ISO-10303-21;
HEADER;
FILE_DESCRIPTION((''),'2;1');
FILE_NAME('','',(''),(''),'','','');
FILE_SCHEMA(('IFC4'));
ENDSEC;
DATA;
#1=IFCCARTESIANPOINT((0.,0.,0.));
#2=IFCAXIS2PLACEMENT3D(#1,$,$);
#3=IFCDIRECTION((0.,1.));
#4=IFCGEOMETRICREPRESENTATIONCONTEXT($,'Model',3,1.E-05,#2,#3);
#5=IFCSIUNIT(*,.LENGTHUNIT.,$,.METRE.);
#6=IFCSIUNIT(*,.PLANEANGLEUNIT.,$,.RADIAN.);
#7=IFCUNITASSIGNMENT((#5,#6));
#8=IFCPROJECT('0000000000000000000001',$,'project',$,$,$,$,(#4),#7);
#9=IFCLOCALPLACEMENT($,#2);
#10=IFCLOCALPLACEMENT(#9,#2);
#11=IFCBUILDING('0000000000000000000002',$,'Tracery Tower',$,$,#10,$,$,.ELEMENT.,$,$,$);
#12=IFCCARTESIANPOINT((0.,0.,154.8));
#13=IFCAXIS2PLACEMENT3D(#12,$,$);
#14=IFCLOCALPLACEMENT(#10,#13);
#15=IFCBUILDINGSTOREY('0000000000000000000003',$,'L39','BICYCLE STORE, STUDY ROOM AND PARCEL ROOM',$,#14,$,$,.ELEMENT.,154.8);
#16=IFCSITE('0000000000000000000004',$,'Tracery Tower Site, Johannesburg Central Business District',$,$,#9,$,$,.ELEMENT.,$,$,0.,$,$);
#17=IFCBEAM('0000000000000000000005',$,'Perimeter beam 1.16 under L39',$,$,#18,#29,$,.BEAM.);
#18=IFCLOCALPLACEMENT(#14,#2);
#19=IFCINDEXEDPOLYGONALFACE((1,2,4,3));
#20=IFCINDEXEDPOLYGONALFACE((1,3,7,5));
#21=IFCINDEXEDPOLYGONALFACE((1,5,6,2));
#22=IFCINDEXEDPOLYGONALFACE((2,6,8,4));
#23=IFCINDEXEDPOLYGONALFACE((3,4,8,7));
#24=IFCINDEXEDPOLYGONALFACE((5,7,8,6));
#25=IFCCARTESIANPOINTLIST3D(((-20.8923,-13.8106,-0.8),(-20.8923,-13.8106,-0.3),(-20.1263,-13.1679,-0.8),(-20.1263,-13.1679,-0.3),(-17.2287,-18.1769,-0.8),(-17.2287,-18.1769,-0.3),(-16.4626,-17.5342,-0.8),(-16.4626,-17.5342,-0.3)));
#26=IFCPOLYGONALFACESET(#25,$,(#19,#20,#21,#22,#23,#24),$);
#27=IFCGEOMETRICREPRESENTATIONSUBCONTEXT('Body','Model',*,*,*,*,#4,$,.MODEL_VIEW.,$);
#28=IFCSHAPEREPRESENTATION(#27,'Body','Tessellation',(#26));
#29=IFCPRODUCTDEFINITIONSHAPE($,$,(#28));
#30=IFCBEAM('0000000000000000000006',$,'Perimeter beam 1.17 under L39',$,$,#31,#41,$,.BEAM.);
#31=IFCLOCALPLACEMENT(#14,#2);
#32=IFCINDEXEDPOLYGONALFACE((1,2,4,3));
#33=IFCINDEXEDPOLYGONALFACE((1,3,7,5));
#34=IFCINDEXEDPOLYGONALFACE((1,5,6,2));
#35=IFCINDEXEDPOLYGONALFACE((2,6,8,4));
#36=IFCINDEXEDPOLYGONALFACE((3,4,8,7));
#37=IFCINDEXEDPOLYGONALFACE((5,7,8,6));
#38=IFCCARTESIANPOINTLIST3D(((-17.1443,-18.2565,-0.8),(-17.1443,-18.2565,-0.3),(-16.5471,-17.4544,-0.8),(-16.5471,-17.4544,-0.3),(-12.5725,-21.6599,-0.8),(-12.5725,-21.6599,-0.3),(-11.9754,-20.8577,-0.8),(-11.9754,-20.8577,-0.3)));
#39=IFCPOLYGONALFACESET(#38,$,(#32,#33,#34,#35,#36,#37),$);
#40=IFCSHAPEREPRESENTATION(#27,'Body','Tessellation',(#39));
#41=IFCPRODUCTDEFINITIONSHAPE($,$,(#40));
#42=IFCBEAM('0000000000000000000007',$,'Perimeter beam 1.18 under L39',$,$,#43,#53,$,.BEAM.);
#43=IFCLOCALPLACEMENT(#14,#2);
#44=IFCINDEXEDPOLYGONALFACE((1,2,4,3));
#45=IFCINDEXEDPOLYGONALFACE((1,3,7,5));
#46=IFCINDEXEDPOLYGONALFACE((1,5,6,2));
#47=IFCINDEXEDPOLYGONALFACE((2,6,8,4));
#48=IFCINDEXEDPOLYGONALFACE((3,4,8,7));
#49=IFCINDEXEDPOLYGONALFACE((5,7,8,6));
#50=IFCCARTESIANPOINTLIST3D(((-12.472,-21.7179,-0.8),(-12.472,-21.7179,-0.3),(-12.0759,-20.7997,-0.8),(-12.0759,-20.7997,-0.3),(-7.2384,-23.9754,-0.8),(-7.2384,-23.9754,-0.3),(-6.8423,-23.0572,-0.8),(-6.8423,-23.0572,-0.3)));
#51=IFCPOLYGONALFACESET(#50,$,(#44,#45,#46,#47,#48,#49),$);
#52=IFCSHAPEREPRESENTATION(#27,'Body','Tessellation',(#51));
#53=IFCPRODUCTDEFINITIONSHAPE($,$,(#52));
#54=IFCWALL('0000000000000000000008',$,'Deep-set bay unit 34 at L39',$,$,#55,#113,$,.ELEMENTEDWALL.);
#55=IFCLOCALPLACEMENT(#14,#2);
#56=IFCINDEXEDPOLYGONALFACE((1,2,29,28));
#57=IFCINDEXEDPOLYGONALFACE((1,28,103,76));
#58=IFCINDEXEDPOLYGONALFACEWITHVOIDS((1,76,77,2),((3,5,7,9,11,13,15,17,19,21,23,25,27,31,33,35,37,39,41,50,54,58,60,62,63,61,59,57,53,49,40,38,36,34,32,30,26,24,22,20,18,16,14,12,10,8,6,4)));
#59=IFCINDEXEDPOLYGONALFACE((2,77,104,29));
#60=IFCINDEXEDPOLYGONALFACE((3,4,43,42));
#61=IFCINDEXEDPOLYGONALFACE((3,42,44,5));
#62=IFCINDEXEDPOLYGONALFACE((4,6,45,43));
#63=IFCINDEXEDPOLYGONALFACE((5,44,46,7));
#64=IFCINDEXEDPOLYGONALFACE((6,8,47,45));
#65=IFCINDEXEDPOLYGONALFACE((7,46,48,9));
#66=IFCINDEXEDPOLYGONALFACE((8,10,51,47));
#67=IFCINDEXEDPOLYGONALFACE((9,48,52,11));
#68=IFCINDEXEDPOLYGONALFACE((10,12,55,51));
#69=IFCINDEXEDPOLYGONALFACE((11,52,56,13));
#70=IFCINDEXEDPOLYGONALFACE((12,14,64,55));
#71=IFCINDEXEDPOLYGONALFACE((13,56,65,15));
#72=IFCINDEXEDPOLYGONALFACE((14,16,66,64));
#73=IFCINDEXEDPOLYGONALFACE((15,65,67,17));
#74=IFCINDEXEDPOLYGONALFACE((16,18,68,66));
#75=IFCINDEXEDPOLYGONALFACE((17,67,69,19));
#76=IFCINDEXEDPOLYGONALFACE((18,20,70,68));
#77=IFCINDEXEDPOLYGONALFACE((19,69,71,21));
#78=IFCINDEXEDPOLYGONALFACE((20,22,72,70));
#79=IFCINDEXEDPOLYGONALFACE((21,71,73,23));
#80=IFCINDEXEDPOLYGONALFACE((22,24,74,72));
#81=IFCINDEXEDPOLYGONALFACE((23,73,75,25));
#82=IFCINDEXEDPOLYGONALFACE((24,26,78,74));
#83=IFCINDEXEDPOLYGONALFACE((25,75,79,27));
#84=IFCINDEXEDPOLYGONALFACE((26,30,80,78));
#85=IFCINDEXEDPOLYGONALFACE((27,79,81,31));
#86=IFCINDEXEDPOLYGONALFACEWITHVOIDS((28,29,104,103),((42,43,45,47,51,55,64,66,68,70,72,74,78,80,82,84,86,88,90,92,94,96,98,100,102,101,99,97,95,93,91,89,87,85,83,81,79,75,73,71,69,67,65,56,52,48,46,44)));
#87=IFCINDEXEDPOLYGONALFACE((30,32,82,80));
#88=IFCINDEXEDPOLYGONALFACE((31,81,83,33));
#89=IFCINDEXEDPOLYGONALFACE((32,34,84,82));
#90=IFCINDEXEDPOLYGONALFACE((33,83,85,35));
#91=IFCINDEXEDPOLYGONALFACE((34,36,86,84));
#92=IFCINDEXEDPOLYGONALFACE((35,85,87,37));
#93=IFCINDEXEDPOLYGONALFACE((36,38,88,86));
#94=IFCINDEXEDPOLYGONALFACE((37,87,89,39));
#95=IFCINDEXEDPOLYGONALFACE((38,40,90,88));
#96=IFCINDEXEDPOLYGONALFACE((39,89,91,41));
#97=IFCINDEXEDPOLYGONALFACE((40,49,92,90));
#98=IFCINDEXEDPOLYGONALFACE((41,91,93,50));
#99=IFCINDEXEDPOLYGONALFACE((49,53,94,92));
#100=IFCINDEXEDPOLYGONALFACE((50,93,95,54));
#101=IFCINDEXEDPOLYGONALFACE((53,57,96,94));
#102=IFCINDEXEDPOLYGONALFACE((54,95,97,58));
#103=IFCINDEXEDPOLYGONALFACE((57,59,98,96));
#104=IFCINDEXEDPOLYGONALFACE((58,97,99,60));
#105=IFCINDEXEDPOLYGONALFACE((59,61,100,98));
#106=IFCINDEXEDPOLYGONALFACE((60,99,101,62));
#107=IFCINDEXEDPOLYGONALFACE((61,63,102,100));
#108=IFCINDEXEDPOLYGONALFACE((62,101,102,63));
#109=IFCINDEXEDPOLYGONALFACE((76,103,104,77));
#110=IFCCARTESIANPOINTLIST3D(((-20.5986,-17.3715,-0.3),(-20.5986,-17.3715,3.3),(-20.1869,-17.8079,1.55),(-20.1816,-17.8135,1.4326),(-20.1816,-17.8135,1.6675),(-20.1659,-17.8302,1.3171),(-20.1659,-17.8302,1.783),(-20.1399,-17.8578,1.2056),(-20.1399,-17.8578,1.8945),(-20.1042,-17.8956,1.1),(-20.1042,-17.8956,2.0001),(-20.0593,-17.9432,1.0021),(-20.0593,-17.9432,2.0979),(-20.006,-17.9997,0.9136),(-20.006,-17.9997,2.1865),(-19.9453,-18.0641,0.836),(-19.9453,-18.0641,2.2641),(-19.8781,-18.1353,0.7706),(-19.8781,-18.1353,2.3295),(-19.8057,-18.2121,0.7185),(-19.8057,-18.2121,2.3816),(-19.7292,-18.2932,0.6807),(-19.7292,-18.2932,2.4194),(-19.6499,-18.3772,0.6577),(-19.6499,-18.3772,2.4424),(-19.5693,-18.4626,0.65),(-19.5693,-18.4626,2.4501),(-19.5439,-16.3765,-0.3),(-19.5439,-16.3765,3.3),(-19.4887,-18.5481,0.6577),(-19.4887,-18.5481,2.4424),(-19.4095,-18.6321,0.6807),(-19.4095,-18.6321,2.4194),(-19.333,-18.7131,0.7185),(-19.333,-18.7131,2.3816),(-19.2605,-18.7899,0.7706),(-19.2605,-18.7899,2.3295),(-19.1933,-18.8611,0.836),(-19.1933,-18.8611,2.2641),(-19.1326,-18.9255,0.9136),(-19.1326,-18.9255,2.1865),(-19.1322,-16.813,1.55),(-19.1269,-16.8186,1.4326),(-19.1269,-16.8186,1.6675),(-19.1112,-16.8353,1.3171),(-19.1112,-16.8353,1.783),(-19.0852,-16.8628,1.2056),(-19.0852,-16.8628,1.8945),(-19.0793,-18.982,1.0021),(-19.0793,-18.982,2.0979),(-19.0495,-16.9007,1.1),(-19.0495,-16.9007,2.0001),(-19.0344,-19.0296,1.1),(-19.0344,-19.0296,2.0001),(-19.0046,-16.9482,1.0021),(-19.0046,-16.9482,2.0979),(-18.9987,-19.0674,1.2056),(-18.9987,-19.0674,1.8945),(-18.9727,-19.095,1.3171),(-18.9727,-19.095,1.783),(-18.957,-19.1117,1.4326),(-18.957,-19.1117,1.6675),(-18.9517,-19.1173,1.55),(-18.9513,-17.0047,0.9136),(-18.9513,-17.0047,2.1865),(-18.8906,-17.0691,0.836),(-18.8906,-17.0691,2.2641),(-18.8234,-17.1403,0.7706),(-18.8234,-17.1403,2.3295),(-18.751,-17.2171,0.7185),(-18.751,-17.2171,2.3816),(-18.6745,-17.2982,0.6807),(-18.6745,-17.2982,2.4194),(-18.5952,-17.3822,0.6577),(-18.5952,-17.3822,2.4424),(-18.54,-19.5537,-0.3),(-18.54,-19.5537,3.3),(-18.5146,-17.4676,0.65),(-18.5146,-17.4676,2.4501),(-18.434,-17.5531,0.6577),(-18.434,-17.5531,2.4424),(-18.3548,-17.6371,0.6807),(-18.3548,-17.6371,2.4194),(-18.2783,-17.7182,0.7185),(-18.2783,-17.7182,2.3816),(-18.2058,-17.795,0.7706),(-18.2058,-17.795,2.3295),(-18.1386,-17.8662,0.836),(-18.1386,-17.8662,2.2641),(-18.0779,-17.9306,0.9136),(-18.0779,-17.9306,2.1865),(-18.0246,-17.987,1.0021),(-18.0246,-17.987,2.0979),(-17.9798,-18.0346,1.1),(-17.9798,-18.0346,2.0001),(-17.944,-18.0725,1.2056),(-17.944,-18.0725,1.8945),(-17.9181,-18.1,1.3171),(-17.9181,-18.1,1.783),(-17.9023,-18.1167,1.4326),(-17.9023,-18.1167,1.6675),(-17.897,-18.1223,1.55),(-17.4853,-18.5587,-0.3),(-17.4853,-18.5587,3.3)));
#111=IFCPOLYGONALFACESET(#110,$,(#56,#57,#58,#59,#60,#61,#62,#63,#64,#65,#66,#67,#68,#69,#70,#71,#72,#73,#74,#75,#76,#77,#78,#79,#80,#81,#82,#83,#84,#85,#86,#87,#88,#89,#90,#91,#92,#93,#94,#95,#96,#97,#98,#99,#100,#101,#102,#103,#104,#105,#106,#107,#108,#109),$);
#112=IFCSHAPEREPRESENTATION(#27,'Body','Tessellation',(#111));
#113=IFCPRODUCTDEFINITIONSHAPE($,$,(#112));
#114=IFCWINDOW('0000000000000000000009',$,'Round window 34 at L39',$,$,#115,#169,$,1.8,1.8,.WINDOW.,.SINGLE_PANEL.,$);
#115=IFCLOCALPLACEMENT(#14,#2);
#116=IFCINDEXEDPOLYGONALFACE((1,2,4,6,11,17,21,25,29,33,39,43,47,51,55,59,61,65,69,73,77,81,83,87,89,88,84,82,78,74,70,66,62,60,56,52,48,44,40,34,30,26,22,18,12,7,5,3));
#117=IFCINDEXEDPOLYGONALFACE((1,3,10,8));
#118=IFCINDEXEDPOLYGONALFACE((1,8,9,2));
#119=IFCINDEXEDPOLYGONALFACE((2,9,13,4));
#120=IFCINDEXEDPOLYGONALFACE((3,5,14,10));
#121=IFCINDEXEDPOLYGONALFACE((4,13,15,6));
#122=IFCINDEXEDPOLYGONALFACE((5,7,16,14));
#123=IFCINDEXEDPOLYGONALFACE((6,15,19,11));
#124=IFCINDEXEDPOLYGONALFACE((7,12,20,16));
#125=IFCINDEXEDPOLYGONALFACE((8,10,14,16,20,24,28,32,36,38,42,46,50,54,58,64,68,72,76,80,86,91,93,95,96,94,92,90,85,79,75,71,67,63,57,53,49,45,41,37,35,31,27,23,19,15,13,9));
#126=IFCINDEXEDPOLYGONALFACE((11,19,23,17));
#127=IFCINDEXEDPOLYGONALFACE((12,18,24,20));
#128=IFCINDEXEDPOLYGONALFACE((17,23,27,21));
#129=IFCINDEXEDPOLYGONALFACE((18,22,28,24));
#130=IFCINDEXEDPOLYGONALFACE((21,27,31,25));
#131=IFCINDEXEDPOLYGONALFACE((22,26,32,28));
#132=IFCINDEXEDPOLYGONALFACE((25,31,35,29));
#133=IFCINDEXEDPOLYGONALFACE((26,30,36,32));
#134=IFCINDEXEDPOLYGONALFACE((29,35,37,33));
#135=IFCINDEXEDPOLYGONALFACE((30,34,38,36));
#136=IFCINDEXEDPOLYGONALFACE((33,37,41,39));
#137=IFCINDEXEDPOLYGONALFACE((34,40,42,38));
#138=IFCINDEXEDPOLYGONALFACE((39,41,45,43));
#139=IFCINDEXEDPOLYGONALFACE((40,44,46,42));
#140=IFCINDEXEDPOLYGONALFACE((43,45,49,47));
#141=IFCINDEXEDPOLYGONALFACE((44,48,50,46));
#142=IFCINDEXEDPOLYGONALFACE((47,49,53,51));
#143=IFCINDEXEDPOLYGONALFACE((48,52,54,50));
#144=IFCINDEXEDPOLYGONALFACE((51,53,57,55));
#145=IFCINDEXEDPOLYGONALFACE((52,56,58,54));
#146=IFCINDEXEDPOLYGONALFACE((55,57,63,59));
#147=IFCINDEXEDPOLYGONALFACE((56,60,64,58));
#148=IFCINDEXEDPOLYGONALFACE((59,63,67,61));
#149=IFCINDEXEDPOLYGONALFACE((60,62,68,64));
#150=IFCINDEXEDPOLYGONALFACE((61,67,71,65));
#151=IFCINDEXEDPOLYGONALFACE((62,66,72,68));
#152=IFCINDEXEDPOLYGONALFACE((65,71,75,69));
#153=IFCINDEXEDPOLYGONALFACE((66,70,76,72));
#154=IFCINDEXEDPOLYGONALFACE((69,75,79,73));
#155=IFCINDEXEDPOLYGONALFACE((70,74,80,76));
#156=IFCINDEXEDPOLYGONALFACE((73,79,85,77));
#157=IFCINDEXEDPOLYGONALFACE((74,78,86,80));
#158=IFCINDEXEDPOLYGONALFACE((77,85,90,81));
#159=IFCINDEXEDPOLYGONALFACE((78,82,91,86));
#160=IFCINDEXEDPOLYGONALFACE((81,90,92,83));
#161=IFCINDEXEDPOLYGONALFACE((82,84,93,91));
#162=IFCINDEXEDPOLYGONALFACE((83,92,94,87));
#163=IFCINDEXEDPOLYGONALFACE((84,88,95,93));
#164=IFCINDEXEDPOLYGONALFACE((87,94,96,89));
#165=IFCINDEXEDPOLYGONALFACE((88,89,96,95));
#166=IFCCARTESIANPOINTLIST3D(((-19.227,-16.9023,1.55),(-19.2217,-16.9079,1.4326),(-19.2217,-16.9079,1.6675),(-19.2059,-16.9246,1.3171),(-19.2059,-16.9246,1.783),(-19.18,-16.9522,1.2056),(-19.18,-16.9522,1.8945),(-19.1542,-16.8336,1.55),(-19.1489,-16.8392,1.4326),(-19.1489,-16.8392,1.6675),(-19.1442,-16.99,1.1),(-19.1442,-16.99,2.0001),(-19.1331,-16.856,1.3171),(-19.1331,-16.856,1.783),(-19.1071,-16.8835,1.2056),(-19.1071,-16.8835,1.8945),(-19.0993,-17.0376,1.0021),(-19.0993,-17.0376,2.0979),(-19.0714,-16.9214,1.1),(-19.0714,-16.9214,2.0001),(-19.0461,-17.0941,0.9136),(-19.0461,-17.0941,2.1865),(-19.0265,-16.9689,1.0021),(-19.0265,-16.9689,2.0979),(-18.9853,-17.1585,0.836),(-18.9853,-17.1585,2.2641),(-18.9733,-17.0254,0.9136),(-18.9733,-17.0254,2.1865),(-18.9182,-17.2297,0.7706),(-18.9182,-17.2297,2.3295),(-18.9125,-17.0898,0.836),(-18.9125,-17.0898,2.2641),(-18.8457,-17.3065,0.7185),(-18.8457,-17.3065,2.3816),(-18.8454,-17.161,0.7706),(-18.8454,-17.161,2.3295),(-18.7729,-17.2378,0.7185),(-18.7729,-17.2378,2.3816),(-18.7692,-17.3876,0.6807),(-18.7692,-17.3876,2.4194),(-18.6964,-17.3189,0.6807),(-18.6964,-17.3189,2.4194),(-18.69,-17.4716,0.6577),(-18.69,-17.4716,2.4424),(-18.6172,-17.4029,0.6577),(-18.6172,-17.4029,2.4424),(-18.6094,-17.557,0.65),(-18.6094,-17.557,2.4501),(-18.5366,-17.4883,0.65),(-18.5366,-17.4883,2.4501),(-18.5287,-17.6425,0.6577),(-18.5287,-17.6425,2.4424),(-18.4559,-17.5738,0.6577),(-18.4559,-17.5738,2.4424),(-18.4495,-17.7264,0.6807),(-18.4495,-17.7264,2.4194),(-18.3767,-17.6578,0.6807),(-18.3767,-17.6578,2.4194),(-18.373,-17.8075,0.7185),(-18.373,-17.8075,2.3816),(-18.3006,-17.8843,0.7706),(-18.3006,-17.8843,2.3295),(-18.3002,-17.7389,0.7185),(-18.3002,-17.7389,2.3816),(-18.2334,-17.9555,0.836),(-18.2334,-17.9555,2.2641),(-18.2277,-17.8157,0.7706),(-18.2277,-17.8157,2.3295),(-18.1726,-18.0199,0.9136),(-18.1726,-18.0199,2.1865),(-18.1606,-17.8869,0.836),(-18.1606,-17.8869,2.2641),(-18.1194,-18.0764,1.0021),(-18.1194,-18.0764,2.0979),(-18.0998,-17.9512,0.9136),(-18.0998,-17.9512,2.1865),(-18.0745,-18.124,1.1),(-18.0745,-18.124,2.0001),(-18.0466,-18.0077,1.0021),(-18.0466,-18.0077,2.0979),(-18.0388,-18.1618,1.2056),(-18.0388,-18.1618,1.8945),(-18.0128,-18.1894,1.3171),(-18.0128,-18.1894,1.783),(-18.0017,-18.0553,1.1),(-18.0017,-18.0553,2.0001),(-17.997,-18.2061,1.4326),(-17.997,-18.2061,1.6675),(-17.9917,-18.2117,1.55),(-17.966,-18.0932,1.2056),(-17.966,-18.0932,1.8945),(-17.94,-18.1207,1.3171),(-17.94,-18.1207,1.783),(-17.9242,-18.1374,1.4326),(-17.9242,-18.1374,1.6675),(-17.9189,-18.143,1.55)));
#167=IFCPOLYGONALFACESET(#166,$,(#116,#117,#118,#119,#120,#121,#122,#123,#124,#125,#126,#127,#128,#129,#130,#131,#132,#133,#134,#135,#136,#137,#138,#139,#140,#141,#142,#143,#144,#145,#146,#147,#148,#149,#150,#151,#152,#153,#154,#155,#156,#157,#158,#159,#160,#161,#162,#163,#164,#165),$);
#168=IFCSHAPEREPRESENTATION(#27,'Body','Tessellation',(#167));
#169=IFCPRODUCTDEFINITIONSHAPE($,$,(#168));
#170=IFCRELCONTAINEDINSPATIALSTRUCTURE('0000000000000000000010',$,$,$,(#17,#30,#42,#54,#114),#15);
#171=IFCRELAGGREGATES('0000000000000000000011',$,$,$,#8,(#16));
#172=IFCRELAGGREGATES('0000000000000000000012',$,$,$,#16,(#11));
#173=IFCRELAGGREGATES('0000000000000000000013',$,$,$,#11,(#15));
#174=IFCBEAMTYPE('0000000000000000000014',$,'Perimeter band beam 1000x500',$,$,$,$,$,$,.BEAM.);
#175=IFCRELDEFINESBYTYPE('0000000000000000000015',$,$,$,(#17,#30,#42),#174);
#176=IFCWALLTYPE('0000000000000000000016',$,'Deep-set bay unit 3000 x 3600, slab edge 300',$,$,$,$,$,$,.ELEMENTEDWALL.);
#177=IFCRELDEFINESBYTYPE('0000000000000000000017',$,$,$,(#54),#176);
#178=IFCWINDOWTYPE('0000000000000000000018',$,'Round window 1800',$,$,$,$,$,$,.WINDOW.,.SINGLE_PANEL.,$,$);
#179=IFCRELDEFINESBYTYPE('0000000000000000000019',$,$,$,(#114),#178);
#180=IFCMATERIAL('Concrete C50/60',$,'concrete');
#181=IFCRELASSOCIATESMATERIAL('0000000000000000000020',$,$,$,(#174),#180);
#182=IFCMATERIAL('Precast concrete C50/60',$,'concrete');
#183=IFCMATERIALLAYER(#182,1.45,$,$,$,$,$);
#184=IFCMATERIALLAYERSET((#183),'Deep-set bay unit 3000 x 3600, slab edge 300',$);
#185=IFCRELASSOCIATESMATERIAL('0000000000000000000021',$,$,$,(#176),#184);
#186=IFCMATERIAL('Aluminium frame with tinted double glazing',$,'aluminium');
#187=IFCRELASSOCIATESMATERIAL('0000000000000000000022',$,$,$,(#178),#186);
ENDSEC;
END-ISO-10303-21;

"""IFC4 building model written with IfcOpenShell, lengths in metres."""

from ifc_helpers import new_model, si_unit, direction, frame, frame_2d, origin, origin_2d, place, context, subcontext, project, spatial, rectangle, circle, extrude, material, layer, layer_set, material_profile, profile_set, type_object, element, fill, save


model = new_model("IFC4")

# Units and contexts
model_context = context("Model", 3, precision=1e-05, world=origin(), true_north=direction((0.0, 1.0)))
body_context = subcontext(model_context, "Body", "Model", "MODEL_VIEW")
ifc_project = project(units=[si_unit("LENGTHUNIT", "METRE"), si_unit("PLANEANGLEUNIT", "RADIAN")], contexts=[model_context])

# Site, building, storey
site_placement = place(None, origin())
site = spatial("IfcSite", under=ifc_project, at=site_placement, Name="Tracery Tower Site, Johannesburg Central Business District", CompositionType="ELEMENT", RefElevation=0.0)
building_placement = place(site_placement, origin())
building = spatial("IfcBuilding", under=site, at=building_placement, Name="Tracery Tower", CompositionType="ELEMENT")
storey_placement = place(building_placement, frame((0.0, 0.0, 154.8)))
storey = spatial("IfcBuildingStorey", under=building, at=storey_placement, Name="L39", Description="BICYCLE STORE, STUDY ROOM AND PARCEL ROOM", CompositionType="ELEMENT", Elevation=154.8)

# Beams
ifc_material_1 = material(Name="Concrete C50/60", Category="concrete")
ifc_material_profile_1 = material_profile(ifc_material_1, rectangle(XDim=1.0, YDim=0.5, at=origin_2d()), Name="RC 1000x500")
ifc_profile_set_1 = profile_set([ifc_material_profile_1], Name="Concrete C50/60")
beam_type = type_object("IfcBeamType", Name="Perimeter band beam 1000x500", PredefinedType="BEAM", material=ifc_profile_set_1)
beam_1_placement = place(storey_placement, frame((-20.5093, -13.4893, -0.55), z_axis=(0.642776, -0.766054, 0.0), x_axis=(0.766054, 0.642776, 0.0)))
element("IfcBeam", 1, at=beam_1_placement, inside=storey, type_object=beam_type, Name="Perimeter beam 1.16 under L39", PredefinedType="BEAM", context=body_context, shape_type="SweptSolid", body=[
    extrude(rectangle(XDim=1.0, YDim=0.5, at=origin_2d()), origin(), (0.0, 0.0, 1.0), 5.6997),
])
beam_2_placement = place(storey_placement, frame((-16.8457, -17.8555, -0.55), z_axis=(0.802144, -0.597131, 0.0), x_axis=(0.597131, 0.802144, 0.0)))
element("IfcBeam", 2, at=beam_2_placement, inside=storey, type_object=beam_type, Name="Perimeter beam 1.17 under L39", PredefinedType="BEAM", context=body_context, shape_type="SweptSolid", body=[
    extrude(rectangle(XDim=1.0, YDim=0.5, at=origin_2d()), origin(), (0.0, 0.0, 1.0), 5.6995),
])
beam_3_placement = place(storey_placement, frame((-12.2739, -21.2588, -0.55), z_axis=(0.918216, -0.396079, 0.0), x_axis=(0.396079, 0.918216, 0.0)))
element("IfcBeam", 3, at=beam_3_placement, inside=storey, type_object=beam_type, Name="Perimeter beam 1.18 under L39", PredefinedType="BEAM", context=body_context, shape_type="SweptSolid", body=[
    extrude(rectangle(XDim=1.0, YDim=0.5, at=origin_2d()), origin(), (0.0, 0.0, 1.0), 5.6997),
])

# Wall, opening, window
ifc_material_2 = material(Name="Precast concrete C50/60", Category="concrete")
ifc_layer_1 = layer(ifc_material_2, 1.45)
ifc_layer_set_1 = layer_set([ifc_layer_1], Name="Deep-set bay unit 3000 x 3600, slab edge 300")
wall_type_1 = type_object("IfcWallType", Name="Deep-set bay unit 3000 x 3600, slab edge 300", PredefinedType="ELEMENTEDWALL", material=ifc_layer_set_1)
wall_1_placement = place(storey_placement, frame((-20.0713, -16.874, -0.3), z_axis=(0.0, 0.0, 1.0), x_axis=(0.686217, -0.727397, 0.0)))
wall_1 = element("IfcWall", 4, at=wall_1_placement, inside=storey, type_object=wall_type_1, Name="Deep-set bay unit 34 at L39", PredefinedType="ELEMENTEDWALL", context=body_context, shape_type="SweptSolid", body=[
    extrude(rectangle(XDim=3.0, YDim=1.45, at=frame_2d((1.5, 0.0))), origin(), (0.0, 0.0, 1.0), 3.6001),
])
opening_1_placement = place(wall_1_placement, frame((1.5, 0.0, 1.8501)))
opening_1 = element("IfcOpeningElement", 5, at=opening_1_placement, cuts=wall_1, PredefinedType="OPENING", context=body_context, shape_type="SweptSolid", body=[
    extrude(circle(Radius=0.9, at=origin_2d()), frame((0.0, 0.7349, 0.0), z_axis=(0.0, -1.0, 0.0), x_axis=(1.0, 0.0, 0.0)), (0.0, 0.0, 1.0), 1.47),
])
ifc_material_3 = material(Name="Aluminium frame with tinted double glazing", Category="aluminium")
window_type = type_object("IfcWindowType", Name="Round window 1800", PartitioningType="SINGLE_PANEL", PredefinedType="WINDOW", material=ifc_material_3)
window_1_placement = place(opening_1_placement, origin())
window_1 = element("IfcWindow", 6, at=window_1_placement, inside=storey, type_object=window_type, Name="Round window 34 at L39", OverallHeight=1.8, OverallWidth=1.8, PartitioningType="SINGLE_PANEL", PredefinedType="WINDOW", context=body_context, shape_type="SweptSolid", body=[
    extrude(circle(Radius=0.9, at=origin_2d()), frame((0.0, 0.6948, 0.0), z_axis=(0.0, -1.0, 0.0), x_axis=(1.0, 0.0, 0.0)), (0.0, 0.0, 1.0), 0.1001),
])
fill(opening_1, window_1)

save(model, "model.ifc")
